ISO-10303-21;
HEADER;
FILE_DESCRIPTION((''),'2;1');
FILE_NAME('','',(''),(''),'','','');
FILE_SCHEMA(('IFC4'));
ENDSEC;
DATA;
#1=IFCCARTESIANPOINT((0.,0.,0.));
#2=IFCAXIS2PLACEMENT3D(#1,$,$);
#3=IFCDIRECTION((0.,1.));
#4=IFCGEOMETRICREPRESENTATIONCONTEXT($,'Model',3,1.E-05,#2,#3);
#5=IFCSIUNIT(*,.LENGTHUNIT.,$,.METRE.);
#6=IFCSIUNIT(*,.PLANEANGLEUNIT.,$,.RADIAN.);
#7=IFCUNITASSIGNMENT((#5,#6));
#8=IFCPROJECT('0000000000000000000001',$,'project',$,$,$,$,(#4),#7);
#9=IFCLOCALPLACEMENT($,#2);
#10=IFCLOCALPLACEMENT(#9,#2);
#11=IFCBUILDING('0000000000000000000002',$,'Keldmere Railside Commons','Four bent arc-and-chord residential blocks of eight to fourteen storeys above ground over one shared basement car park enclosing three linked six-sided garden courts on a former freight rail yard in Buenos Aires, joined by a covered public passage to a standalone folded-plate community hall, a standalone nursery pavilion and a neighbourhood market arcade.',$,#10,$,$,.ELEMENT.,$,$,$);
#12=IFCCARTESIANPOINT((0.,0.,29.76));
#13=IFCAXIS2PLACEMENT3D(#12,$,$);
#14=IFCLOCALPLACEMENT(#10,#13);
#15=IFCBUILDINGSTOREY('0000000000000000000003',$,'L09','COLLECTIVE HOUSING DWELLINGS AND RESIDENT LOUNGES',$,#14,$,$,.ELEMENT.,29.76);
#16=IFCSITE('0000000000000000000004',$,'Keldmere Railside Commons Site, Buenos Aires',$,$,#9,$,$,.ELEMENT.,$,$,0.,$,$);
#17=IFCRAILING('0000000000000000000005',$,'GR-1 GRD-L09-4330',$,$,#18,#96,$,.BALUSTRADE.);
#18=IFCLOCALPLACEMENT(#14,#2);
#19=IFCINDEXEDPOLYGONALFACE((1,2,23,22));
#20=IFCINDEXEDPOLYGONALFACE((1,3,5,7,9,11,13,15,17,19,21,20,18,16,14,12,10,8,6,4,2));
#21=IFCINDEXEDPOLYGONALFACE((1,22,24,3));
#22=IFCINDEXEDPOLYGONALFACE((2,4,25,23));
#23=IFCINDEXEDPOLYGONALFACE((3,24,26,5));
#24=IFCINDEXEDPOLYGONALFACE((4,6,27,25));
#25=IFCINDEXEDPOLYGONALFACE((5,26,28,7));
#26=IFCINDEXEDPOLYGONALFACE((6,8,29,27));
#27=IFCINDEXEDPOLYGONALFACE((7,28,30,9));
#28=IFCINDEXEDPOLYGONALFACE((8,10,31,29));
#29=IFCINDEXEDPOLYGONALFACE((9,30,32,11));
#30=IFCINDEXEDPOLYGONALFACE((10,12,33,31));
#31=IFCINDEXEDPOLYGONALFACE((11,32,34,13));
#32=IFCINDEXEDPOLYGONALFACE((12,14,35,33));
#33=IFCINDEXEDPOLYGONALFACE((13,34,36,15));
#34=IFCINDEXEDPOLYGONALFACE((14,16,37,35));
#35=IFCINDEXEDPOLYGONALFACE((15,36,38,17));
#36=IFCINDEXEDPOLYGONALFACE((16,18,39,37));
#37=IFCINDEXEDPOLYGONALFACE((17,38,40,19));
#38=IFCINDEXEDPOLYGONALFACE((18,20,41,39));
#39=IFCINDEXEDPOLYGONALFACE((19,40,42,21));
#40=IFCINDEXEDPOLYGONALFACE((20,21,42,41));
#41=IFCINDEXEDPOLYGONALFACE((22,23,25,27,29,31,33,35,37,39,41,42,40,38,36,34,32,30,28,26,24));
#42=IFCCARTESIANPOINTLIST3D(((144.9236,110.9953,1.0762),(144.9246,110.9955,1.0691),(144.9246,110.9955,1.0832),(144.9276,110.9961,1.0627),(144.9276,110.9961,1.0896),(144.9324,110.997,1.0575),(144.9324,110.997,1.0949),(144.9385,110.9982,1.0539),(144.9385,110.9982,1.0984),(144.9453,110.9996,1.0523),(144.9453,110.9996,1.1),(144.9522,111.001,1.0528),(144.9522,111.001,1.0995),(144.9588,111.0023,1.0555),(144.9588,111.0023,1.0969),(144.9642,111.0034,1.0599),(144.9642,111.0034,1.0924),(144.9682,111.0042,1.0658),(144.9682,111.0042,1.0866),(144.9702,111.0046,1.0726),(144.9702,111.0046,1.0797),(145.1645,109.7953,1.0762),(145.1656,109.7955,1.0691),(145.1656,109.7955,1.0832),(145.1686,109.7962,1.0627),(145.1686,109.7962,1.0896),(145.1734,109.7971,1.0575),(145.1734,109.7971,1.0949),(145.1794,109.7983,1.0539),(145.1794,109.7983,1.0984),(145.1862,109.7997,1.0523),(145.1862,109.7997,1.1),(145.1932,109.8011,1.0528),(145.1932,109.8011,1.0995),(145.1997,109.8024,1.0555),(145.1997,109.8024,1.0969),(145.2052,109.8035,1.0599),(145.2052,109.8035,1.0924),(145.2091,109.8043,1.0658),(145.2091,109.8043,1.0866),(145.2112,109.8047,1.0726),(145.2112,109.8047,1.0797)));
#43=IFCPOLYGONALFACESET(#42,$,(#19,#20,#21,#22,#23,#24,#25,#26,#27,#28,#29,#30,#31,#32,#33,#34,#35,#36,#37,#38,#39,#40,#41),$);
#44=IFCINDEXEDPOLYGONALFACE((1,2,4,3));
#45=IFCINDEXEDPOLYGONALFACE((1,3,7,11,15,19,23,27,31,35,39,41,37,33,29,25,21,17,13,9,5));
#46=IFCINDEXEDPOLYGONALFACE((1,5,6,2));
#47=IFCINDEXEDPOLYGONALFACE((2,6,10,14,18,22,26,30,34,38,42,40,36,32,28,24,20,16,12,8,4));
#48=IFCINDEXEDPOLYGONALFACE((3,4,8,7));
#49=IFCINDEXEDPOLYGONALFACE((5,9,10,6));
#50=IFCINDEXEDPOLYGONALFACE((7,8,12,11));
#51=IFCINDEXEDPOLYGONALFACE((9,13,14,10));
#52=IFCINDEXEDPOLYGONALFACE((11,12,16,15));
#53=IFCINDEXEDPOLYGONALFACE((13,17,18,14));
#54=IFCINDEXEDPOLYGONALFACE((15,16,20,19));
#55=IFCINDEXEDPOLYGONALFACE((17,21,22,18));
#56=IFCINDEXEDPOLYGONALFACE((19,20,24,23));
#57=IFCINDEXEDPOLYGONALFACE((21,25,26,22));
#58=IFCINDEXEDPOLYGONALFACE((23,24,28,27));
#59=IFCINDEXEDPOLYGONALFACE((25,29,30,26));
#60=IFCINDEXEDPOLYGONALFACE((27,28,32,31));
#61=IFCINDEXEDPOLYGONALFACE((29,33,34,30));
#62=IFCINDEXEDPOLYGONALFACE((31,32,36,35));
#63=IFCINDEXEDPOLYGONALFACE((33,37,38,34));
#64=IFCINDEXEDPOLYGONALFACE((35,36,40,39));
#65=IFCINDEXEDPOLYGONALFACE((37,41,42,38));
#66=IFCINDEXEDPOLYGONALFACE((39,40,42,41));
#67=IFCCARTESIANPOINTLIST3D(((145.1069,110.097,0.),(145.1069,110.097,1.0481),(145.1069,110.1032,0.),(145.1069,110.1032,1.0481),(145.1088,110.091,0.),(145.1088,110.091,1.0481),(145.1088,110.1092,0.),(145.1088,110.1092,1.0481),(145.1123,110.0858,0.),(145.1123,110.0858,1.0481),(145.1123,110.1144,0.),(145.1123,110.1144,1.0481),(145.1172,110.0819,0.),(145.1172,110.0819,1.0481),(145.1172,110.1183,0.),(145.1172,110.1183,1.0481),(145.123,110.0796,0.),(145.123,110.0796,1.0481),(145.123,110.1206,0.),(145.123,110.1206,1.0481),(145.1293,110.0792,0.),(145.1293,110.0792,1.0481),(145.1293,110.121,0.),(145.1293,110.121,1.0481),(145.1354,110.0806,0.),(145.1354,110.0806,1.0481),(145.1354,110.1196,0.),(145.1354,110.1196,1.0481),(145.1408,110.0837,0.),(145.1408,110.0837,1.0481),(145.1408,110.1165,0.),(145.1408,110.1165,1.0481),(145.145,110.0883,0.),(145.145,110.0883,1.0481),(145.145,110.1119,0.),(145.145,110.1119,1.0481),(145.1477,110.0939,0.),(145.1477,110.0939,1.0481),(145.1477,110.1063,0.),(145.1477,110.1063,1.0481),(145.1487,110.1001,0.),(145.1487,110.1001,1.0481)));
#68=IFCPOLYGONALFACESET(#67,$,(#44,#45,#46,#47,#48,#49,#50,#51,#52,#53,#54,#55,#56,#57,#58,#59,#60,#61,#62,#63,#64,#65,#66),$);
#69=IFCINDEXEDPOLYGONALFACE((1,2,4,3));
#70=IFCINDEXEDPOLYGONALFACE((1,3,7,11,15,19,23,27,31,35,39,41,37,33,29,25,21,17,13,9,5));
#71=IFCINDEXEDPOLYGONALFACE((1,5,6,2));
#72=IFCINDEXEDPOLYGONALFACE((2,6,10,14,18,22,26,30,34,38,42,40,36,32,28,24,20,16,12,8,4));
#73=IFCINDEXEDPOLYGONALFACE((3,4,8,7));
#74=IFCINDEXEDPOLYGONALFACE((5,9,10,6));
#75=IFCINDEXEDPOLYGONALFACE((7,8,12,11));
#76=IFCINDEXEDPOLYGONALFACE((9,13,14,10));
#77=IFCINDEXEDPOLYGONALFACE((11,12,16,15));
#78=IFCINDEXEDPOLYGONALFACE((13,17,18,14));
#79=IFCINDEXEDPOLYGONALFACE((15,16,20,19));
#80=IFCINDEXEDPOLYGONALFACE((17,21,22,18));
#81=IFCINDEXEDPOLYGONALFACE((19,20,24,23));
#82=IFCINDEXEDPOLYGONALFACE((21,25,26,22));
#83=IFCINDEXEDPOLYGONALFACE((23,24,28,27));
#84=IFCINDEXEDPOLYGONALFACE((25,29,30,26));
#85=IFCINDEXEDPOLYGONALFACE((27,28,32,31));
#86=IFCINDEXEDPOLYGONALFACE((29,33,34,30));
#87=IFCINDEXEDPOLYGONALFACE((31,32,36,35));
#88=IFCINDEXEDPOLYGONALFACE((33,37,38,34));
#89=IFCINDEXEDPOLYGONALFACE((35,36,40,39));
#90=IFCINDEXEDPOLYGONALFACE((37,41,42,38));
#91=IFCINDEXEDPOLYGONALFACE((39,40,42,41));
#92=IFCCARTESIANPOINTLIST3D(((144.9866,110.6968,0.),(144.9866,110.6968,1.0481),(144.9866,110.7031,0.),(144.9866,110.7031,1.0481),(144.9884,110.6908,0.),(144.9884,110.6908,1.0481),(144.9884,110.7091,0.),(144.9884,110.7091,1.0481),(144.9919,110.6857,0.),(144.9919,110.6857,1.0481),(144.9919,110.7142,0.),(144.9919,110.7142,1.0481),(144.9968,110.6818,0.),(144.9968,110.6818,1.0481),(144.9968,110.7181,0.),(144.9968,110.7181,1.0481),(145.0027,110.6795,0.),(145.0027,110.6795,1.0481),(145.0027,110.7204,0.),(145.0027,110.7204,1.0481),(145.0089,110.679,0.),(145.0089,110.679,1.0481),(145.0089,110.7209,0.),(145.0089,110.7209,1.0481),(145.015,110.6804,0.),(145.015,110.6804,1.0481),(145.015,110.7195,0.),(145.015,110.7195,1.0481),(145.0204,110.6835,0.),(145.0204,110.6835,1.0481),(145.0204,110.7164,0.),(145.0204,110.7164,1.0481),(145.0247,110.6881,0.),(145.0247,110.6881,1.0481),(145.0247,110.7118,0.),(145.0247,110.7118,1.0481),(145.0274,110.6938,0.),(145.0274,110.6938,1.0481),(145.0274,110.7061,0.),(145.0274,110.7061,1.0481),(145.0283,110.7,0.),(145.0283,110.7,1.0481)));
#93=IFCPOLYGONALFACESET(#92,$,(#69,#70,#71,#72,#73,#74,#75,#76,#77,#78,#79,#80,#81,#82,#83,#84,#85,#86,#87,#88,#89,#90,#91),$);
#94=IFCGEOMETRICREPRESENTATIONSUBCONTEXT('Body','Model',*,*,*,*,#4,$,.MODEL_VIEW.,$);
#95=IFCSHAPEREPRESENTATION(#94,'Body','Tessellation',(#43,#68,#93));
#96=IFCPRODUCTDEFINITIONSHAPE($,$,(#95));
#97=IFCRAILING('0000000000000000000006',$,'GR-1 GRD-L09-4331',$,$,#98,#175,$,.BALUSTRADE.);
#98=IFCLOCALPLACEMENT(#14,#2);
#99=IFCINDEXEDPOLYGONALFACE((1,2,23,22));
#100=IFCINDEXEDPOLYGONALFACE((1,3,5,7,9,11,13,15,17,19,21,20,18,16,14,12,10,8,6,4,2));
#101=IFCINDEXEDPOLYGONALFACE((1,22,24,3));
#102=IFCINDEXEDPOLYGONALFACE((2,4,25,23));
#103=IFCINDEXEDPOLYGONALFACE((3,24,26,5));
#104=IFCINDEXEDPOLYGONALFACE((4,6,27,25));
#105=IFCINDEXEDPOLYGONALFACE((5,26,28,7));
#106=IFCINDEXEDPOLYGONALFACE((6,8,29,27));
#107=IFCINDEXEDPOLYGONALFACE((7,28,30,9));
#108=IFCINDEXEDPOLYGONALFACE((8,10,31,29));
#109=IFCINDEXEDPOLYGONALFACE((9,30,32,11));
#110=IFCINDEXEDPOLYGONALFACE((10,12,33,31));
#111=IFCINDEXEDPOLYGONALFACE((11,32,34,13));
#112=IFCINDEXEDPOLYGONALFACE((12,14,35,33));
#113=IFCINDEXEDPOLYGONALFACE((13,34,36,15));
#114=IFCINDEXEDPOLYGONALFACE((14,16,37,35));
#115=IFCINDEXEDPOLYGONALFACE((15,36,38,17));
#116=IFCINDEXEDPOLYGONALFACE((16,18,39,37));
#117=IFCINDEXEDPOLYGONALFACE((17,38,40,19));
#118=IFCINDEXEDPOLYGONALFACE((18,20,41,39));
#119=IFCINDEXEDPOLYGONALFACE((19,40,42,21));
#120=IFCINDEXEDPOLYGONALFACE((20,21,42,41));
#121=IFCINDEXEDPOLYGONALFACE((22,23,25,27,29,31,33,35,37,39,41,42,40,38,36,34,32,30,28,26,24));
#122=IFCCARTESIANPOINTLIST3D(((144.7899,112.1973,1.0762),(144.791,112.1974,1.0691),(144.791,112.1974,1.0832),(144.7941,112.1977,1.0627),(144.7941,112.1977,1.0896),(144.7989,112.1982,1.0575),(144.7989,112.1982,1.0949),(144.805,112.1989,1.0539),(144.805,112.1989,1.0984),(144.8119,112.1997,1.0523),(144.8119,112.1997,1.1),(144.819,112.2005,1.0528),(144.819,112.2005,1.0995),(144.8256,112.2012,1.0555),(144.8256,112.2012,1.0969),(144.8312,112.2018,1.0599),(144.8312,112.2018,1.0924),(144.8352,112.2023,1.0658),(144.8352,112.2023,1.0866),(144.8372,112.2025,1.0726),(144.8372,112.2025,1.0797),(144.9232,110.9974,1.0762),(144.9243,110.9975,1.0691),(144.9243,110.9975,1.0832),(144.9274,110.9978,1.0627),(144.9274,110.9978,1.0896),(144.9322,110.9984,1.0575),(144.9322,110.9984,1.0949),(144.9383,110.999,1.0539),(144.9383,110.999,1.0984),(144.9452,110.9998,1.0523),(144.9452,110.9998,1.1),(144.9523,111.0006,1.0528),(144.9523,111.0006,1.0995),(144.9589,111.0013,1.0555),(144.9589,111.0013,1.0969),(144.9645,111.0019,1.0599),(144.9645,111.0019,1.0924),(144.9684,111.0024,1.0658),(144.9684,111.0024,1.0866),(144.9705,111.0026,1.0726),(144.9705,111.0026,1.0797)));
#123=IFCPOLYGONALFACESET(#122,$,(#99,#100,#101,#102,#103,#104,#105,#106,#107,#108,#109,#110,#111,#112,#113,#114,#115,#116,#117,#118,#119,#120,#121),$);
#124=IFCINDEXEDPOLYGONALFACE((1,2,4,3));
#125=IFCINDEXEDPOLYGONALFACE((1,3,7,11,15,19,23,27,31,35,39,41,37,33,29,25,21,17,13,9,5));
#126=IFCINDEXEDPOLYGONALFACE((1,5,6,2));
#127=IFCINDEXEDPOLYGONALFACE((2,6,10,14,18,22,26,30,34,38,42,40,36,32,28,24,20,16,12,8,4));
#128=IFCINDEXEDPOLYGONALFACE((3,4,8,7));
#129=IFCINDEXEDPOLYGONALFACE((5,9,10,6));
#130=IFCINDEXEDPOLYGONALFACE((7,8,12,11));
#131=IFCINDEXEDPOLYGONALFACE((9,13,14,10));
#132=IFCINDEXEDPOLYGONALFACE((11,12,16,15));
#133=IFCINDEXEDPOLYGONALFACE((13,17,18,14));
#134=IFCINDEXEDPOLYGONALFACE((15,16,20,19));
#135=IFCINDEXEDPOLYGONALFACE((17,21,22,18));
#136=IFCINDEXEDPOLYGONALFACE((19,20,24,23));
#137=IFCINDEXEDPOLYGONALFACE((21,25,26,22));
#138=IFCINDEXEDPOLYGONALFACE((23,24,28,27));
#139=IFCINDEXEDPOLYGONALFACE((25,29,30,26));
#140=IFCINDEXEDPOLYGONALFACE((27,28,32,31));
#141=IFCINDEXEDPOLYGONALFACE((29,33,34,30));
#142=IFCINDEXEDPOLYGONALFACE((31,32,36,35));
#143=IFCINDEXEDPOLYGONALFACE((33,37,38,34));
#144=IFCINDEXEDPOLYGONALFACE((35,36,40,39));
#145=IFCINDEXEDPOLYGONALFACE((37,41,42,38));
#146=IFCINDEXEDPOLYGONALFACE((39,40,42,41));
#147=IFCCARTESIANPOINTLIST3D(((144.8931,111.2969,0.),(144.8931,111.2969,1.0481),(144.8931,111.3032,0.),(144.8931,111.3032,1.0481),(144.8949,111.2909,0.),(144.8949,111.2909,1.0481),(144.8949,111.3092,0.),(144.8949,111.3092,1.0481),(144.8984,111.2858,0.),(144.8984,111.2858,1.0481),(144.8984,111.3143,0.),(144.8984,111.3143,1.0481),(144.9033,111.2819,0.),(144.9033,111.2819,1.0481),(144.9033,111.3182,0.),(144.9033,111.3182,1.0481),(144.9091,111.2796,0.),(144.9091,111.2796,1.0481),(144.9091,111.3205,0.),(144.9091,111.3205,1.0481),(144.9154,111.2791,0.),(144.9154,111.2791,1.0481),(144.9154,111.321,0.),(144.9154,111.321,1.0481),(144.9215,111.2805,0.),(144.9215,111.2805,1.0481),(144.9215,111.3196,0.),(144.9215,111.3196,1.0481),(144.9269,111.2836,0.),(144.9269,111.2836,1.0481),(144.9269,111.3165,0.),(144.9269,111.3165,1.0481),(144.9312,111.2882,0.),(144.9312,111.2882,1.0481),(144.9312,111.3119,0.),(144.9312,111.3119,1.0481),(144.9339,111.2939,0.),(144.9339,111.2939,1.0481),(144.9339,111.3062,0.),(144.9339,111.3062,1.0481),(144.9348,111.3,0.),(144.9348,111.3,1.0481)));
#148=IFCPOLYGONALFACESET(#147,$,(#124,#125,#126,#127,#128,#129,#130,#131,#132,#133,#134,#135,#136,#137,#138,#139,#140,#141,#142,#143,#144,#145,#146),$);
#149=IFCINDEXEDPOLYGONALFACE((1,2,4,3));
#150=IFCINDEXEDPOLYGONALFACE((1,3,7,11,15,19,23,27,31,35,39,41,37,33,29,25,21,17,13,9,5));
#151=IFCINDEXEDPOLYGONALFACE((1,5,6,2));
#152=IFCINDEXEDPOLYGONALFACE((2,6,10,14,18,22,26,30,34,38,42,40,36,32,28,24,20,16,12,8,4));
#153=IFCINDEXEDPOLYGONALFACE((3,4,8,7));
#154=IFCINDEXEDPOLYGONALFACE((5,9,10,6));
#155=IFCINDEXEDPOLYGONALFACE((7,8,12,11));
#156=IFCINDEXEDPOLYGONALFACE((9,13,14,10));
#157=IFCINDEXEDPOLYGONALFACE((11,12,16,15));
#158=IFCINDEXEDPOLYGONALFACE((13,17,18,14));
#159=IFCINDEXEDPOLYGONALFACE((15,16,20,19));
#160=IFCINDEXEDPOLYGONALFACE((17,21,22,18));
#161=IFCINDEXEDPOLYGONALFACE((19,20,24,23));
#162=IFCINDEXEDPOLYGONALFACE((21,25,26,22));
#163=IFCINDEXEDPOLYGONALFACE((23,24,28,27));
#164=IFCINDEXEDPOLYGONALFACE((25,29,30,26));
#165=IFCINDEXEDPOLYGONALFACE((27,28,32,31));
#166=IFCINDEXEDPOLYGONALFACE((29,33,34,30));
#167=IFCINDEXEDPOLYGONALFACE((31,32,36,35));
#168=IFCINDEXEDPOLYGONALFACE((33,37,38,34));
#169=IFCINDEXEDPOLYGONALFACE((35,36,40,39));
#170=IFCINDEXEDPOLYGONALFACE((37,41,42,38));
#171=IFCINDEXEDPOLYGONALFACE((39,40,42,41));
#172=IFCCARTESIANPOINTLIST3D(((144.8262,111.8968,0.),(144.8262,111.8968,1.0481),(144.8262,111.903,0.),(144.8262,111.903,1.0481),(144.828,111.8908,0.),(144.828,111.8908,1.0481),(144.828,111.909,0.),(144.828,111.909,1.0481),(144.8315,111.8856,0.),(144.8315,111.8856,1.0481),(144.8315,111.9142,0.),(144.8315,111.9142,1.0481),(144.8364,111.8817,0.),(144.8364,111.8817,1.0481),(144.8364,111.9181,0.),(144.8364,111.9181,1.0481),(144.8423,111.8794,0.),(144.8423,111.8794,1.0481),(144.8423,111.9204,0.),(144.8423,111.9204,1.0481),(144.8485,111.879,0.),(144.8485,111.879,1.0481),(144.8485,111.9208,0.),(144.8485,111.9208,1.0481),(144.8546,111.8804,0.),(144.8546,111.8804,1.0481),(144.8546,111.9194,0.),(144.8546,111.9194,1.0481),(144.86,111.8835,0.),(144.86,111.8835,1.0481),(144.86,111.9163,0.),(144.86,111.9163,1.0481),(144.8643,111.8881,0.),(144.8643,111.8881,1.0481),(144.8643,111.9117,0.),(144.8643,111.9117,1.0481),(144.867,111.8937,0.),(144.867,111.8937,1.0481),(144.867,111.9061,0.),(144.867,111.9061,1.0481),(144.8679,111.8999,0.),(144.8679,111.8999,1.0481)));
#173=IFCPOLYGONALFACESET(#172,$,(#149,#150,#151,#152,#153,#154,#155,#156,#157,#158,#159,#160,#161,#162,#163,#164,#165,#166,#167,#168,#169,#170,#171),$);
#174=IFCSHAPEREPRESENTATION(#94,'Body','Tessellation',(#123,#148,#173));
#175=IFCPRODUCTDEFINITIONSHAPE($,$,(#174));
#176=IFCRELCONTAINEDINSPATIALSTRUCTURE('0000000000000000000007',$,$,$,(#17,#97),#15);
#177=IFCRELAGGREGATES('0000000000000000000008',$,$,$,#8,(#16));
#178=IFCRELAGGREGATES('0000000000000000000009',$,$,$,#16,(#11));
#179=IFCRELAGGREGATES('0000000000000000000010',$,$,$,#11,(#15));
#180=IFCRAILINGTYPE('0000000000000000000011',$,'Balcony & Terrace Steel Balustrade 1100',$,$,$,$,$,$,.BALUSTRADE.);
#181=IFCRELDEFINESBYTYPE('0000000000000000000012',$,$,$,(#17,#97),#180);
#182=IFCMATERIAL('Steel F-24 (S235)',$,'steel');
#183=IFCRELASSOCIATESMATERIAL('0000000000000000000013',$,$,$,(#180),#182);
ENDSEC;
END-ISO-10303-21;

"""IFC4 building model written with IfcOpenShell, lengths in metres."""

from ifc_helpers import new_model, si_unit, direction, frame, origin, origin_2d, place, context, subcontext, project, spatial, circle, extrude, material, type_object, element, save


model = new_model("IFC4")

# Units and contexts
model_context = context("Model", 3, precision=1e-05, world=origin(), true_north=direction((0.0, 1.0)))
body_context = subcontext(model_context, "Body", "Model", "MODEL_VIEW")
ifc_project = project(units=[si_unit("LENGTHUNIT", "METRE"), si_unit("PLANEANGLEUNIT", "RADIAN")], contexts=[model_context])

# Site, building, storey
site_placement = place(None, origin())
site = spatial("IfcSite", under=ifc_project, at=site_placement, Name="Keldmere Railside Commons Site, Buenos Aires", CompositionType="ELEMENT", RefElevation=0.0)
building_placement = place(site_placement, origin())
building = spatial("IfcBuilding", under=site, at=building_placement, Name="Keldmere Railside Commons", Description="Four bent arc-and-chord residential blocks of eight to fourteen storeys above ground over one shared basement car park enclosing three linked six-sided garden courts on a former freight rail yard in Buenos Aires, joined by a covered public passage to a standalone folded-plate community hall, a standalone nursery pavilion and a neighbourhood market arcade.", CompositionType="ELEMENT")
storey_placement = place(building_placement, frame((0.0, 0.0, 29.76)))
storey = spatial("IfcBuildingStorey", under=building, at=storey_placement, Name="L09", Description="COLLECTIVE HOUSING DWELLINGS AND RESIDENT LOUNGES", CompositionType="ELEMENT", Elevation=29.76)

# Railings
ifc_material_1 = material(Name="Steel F-24 (S235)", Category="steel")
railing_type = type_object("IfcRailingType", Name="Balcony & Terrace Steel Balustrade 1100", PredefinedType="BALUSTRADE", material=ifc_material_1)
railing_1_placement = place(storey_placement, frame((145.188, 109.8, 0.0)))
element("IfcRailing", 1, at=railing_1_placement, inside=storey, type_object=railing_type, Name="GR-1 GRD-L09-4330", PredefinedType="BALUSTRADE", context=body_context, shape_type="SweptSolid", body=[
    extrude(circle(Radius=0.0239, at=origin_2d()), frame((0.0, 0.0, 1.0762), z_axis=(-0.196883, 0.980427, 0.0), x_axis=(-0.980427, -0.196883, 0.0)), (0.0, 0.0, 1.0), 1.2239),
    extrude(circle(Radius=0.021, at=origin_2d()), frame((-0.0603, 0.3, 0.0)), (0.0, 0.0, 1.0), 1.0481),
    extrude(circle(Radius=0.021, at=origin_2d()), frame((-0.1807, 0.8999, 0.0)), (0.0, 0.0, 1.0), 1.0481),
])
railing_2_placement = place(storey_placement, frame((144.947, 111.0, 0.0)))
element("IfcRailing", 2, at=railing_2_placement, inside=storey, type_object=railing_type, Name="GR-1 GRD-L09-4331", PredefinedType="BALUSTRADE", context=body_context, shape_type="SweptSolid", body=[
    extrude(circle(Radius=0.0239, at=origin_2d()), frame((0.0, 0.0, 1.0762), z_axis=(-0.110409, 0.993886, 0.0), x_axis=(-0.993886, -0.110409, 0.0)), (0.0, 0.0, 1.0), 1.2073),
    extrude(circle(Radius=0.021, at=origin_2d()), frame((-0.0332, 0.3, 0.0)), (0.0, 0.0, 1.0), 1.0481),
    extrude(circle(Radius=0.021, at=origin_2d()), frame((-0.1001, 0.8999, 0.0)), (0.0, 0.0, 1.0), 1.0481),
])

save(model, "model.ifc")
